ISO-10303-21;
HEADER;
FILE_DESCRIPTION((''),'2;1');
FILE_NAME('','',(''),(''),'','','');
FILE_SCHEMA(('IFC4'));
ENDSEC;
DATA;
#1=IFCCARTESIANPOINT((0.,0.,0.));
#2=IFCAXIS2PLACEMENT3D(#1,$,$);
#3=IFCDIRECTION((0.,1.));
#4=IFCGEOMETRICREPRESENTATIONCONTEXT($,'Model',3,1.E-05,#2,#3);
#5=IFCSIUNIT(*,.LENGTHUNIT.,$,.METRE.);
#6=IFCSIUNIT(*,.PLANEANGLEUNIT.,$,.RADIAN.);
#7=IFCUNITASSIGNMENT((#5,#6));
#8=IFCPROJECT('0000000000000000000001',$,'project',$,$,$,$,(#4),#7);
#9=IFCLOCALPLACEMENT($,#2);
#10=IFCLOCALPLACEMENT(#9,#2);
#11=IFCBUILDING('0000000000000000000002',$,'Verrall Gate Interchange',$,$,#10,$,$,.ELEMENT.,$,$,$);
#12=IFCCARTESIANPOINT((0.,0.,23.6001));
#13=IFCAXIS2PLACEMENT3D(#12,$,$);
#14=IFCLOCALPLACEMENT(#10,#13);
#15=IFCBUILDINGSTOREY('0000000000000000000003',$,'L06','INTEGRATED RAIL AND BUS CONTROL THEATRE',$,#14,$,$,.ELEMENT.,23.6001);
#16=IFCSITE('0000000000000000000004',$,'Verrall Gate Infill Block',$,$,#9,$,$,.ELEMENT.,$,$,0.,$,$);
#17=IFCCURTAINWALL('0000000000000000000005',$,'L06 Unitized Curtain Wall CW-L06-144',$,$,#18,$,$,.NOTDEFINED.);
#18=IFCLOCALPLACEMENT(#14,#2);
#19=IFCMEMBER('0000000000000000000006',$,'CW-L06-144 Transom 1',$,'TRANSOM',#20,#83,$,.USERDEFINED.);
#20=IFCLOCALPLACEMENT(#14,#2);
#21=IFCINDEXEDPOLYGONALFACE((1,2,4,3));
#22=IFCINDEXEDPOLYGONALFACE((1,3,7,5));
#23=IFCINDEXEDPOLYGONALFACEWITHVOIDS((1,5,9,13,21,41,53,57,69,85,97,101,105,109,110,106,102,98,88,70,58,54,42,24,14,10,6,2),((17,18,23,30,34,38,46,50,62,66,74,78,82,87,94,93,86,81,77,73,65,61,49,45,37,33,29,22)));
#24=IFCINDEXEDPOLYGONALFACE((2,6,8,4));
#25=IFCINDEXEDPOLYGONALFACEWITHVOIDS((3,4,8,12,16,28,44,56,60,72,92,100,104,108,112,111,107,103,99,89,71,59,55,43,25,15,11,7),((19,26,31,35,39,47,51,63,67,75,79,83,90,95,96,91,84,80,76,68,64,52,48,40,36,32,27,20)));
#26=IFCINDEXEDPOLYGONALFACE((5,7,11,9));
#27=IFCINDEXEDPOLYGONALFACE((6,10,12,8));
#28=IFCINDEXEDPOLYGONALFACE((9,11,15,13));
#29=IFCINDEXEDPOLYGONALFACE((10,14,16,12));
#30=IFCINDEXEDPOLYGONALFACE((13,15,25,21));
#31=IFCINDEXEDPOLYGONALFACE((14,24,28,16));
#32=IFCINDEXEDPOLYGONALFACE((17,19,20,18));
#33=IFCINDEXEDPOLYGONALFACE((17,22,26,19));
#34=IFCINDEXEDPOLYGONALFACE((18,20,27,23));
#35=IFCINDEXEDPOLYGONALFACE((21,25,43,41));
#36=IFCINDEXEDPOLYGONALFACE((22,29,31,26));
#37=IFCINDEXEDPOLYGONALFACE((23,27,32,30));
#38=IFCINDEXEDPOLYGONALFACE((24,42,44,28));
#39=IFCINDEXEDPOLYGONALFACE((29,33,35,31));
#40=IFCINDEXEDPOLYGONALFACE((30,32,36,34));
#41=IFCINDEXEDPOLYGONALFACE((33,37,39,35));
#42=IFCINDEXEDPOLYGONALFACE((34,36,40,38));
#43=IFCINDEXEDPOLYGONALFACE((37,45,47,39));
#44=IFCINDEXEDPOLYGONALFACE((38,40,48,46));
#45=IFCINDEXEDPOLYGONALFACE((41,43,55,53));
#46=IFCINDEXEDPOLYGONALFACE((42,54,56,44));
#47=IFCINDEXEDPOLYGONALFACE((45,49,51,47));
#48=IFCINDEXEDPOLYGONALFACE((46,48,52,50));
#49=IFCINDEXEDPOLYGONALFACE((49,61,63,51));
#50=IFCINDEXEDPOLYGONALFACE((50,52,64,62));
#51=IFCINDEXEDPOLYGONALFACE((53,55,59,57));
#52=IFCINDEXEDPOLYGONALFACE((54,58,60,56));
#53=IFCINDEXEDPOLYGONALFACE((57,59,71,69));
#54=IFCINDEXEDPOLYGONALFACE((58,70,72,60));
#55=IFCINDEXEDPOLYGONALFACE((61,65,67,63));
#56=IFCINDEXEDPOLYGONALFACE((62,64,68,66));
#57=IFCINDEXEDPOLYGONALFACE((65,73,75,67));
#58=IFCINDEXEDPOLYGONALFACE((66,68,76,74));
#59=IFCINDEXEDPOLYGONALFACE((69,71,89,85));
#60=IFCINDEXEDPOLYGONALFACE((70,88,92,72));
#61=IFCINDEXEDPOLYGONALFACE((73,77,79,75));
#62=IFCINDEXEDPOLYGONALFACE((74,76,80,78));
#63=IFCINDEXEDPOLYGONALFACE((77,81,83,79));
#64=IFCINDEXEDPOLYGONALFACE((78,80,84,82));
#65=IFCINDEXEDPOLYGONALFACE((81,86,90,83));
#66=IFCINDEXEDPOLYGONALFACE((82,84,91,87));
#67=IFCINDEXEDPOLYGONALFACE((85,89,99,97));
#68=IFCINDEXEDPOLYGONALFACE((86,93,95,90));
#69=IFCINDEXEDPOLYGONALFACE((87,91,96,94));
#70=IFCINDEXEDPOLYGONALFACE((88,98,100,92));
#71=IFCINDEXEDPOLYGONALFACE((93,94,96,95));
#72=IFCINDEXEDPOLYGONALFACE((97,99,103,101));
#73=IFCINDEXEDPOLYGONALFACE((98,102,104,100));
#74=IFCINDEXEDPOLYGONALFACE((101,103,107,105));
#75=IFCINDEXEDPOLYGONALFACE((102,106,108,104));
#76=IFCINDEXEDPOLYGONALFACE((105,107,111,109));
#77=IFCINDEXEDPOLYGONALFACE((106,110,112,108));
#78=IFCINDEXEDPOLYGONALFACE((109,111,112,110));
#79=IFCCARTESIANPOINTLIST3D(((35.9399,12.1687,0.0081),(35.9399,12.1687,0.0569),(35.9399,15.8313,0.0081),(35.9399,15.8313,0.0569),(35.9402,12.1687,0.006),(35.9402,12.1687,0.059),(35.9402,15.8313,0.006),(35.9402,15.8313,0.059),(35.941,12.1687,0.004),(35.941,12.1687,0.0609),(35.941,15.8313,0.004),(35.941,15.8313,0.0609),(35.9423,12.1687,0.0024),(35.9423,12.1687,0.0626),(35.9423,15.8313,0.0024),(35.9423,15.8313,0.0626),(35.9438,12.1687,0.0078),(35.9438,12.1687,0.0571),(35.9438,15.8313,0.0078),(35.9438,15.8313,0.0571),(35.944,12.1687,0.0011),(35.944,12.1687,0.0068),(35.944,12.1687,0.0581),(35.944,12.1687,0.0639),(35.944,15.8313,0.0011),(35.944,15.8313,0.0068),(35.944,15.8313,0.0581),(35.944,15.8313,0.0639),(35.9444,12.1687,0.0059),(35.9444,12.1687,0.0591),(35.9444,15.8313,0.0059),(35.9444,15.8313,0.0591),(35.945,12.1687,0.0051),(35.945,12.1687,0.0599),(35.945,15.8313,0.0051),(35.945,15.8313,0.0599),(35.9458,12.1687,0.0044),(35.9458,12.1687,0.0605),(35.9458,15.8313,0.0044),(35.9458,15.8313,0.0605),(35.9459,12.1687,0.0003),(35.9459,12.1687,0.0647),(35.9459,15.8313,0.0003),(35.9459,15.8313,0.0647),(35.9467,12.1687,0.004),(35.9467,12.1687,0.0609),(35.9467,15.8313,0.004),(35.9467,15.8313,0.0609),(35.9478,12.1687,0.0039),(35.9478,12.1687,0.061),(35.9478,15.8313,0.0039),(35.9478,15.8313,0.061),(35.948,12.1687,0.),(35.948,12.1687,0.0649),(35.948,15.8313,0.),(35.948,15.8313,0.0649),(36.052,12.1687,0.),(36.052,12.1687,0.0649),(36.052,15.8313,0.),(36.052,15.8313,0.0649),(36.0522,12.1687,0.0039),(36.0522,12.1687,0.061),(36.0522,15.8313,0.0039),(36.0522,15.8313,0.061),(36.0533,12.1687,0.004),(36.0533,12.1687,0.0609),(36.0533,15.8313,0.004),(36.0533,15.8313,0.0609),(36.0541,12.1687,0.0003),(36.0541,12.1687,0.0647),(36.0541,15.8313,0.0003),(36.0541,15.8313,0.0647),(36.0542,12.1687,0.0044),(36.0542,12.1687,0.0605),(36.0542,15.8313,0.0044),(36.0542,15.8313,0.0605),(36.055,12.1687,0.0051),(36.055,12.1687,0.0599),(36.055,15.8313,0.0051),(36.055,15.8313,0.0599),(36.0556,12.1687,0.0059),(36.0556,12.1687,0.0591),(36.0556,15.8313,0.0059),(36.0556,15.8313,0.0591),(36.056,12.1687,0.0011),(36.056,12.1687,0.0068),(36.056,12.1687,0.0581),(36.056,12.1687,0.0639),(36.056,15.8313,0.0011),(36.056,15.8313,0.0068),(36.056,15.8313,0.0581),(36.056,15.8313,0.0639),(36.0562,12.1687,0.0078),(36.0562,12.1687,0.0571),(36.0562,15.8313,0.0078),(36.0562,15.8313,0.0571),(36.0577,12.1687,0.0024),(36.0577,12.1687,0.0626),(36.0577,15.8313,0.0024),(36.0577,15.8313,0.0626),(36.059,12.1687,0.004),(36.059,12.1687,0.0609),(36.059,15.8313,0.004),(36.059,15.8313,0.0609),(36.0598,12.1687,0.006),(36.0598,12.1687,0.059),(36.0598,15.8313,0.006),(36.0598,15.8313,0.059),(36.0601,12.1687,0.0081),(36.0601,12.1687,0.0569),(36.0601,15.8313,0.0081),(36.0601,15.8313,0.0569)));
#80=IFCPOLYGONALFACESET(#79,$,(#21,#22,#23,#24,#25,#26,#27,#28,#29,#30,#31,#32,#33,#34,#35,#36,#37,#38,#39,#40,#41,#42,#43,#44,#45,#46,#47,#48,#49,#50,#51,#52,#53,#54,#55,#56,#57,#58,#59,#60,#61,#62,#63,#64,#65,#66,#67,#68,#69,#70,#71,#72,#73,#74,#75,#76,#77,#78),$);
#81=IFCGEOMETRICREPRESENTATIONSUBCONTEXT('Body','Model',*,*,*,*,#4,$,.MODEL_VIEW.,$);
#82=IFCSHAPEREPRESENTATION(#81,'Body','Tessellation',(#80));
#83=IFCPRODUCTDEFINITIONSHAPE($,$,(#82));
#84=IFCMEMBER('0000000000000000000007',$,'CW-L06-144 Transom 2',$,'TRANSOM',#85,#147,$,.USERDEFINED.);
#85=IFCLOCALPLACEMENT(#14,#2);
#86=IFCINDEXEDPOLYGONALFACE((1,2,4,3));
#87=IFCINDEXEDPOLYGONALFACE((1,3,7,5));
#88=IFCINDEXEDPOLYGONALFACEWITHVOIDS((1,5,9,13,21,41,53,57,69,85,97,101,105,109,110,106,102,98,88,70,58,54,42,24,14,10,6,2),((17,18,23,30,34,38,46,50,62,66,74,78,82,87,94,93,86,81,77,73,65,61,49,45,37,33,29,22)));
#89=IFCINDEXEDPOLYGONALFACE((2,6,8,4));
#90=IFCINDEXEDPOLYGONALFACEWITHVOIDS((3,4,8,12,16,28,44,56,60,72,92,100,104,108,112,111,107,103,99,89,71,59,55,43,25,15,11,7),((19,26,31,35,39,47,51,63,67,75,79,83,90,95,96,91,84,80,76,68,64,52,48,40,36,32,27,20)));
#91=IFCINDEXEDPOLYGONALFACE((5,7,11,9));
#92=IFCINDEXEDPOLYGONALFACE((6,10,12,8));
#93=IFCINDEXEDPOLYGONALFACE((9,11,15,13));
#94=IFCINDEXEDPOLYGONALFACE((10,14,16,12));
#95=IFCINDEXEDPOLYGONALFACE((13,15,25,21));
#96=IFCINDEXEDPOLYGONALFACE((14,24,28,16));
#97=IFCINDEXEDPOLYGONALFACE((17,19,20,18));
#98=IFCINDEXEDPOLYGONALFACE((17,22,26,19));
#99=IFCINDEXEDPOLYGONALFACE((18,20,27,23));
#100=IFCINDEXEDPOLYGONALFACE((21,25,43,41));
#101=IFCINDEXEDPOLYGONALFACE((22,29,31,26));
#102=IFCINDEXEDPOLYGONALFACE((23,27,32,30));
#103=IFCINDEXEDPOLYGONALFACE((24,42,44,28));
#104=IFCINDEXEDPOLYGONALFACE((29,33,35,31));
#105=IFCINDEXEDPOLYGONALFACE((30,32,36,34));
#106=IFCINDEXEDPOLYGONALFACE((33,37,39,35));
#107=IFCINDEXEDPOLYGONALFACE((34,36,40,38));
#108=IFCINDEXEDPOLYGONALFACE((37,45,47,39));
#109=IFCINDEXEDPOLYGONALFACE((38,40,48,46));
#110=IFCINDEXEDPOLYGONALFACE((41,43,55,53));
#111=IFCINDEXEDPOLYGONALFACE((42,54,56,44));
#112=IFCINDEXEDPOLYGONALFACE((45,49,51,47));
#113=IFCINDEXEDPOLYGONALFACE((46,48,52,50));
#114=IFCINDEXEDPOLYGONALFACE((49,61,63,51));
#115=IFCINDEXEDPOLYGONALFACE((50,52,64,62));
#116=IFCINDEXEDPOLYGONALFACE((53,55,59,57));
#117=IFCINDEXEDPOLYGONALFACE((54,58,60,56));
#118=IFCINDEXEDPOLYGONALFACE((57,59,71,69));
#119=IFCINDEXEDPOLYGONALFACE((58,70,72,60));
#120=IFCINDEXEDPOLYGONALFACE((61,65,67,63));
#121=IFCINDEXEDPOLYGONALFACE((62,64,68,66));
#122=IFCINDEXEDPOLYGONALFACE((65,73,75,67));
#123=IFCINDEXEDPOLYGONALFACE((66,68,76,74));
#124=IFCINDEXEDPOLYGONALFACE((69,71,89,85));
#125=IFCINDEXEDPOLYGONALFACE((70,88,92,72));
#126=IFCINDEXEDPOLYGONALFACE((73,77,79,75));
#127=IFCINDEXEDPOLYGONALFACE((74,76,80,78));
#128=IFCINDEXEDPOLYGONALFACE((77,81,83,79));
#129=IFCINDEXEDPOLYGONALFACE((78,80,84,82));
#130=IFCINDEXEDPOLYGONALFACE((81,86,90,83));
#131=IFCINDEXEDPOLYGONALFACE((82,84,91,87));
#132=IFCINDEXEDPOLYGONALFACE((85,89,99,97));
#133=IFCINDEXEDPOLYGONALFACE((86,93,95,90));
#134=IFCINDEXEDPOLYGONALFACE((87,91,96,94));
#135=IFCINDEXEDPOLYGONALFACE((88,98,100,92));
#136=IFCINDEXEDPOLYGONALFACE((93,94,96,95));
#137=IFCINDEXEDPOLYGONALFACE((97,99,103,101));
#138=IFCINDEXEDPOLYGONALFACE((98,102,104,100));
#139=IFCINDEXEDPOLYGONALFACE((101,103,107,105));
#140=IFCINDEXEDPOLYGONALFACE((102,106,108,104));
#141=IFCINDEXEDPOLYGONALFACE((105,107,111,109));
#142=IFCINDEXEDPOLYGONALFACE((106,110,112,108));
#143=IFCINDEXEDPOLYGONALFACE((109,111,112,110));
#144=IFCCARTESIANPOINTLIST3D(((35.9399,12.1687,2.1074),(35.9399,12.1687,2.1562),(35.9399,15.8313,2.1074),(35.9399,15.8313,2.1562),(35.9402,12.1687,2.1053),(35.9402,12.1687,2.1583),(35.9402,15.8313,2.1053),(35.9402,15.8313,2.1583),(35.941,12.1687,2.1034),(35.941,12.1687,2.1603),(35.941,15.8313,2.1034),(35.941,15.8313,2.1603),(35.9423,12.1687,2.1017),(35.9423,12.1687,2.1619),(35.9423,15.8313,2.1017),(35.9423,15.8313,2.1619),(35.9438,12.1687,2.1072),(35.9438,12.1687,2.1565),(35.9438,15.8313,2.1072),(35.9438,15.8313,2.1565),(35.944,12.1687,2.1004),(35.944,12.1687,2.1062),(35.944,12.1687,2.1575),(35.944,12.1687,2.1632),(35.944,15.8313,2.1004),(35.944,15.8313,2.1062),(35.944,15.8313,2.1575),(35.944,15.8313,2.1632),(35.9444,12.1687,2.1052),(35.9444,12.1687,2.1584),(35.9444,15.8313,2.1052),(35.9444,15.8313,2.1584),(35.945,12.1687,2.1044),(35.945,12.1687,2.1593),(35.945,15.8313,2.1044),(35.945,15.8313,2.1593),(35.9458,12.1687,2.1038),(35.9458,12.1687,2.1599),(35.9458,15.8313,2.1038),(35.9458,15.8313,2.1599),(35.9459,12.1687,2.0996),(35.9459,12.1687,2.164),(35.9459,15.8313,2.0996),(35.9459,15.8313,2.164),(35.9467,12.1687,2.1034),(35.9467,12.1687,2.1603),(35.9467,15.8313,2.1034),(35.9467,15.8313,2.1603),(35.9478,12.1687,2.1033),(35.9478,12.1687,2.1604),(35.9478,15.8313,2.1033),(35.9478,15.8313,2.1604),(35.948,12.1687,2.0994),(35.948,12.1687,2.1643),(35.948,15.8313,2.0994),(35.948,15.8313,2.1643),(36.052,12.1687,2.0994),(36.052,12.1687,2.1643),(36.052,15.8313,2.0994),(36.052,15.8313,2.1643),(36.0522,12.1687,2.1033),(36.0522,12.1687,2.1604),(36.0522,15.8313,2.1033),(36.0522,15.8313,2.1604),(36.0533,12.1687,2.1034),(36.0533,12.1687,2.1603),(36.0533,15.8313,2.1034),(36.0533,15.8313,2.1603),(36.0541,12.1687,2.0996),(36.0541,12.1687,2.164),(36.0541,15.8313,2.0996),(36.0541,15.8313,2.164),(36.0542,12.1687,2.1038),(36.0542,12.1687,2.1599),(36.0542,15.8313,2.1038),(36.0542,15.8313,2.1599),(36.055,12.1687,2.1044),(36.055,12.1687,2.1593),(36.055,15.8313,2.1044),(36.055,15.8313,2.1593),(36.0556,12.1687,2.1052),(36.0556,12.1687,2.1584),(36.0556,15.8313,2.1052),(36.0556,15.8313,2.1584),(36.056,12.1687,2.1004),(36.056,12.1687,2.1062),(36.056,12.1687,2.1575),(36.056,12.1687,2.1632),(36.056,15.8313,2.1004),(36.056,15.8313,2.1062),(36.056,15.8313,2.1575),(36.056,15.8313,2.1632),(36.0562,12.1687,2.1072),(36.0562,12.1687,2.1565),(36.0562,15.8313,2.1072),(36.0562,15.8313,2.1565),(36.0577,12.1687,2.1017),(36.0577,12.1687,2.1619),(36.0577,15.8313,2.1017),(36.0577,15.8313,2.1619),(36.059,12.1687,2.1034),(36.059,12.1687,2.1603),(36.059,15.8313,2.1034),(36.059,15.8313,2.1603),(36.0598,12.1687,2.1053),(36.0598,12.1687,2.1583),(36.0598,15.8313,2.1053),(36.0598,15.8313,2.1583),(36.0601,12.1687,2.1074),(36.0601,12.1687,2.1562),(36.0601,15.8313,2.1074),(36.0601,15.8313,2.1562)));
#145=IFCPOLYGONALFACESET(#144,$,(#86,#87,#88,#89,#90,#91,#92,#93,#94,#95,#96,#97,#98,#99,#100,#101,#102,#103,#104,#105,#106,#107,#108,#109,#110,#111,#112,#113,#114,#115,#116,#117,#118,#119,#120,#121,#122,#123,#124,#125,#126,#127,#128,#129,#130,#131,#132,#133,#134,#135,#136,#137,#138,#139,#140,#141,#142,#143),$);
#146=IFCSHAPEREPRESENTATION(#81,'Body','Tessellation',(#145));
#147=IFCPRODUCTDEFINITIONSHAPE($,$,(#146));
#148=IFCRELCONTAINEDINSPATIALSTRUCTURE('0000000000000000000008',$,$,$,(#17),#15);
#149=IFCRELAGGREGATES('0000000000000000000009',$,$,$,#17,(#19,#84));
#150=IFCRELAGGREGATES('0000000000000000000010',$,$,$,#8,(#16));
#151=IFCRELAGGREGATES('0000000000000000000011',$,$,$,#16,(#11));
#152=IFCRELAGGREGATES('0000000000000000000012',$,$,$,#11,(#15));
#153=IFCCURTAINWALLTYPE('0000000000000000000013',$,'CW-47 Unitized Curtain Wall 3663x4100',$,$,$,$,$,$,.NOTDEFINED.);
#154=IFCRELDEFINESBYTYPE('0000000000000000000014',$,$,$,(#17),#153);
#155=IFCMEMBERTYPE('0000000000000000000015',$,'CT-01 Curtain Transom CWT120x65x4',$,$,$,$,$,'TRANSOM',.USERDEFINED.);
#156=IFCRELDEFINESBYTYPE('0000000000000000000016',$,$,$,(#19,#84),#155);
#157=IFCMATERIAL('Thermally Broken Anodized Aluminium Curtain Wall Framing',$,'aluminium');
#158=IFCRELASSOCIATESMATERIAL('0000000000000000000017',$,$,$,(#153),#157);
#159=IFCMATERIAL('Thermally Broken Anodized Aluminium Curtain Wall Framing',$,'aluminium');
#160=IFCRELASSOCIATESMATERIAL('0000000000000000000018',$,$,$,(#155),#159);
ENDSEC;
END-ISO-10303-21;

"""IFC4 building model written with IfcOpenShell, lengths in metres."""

from ifc_helpers import new_model, si_unit, direction, frame, origin, origin_2d, place, context, subcontext, project, spatial, hollow_rectangle, extrude, material, material_profile, profile_set, type_object, element, aggregate, save


model = new_model("IFC4")

# Units and contexts
model_context = context("Model", 3, precision=1e-05, world=origin(), true_north=direction((0.0, 1.0)))
body_context = subcontext(model_context, "Body", "Model", "MODEL_VIEW")
ifc_project = project(units=[si_unit("LENGTHUNIT", "METRE"), si_unit("PLANEANGLEUNIT", "RADIAN")], contexts=[model_context])

# Site, building, storey
site_placement = place(None, origin())
site = spatial("IfcSite", under=ifc_project, at=site_placement, Name="Verrall Gate Infill Block", CompositionType="ELEMENT", RefElevation=0.0)
building_placement = place(site_placement, origin())
building = spatial("IfcBuilding", under=site, at=building_placement, Name="Verrall Gate Interchange", CompositionType="ELEMENT")
storey_placement = place(building_placement, frame((0.0, 0.0, 23.6001)))
storey = spatial("IfcBuildingStorey", under=building, at=storey_placement, Name="L06", Description="INTEGRATED RAIL AND BUS CONTROL THEATRE", CompositionType="ELEMENT", Elevation=23.6001)

# Curtain wall
ifc_material_1 = material(Name="Thermally Broken Anodized Aluminium Curtain Wall Framing", Category="aluminium")
curtain_wall_type_1 = type_object("IfcCurtainWallType", Name="CW-47 Unitized Curtain Wall 3663x4100", PredefinedType="NOTDEFINED", material=ifc_material_1)
curtain_wall_1_placement = place(storey_placement, origin())
curtain_wall_1 = element("IfcCurtainWall", 1, at=curtain_wall_1_placement, inside=storey, type_object=curtain_wall_type_1, Name="L06 Unitized Curtain Wall CW-L06-144", PredefinedType="NOTDEFINED")

# Members
ifc_material_2 = material(Name="Thermally Broken Anodized Aluminium Curtain Wall Framing", Category="aluminium")
ifc_material_profile_1 = material_profile(ifc_material_2, hollow_rectangle(XDim=0.1201, YDim=0.0649, WallThickness=0.0039, InnerFilletRadius=0.0039, OuterFilletRadius=0.0081, at=origin_2d()), Name="CWT120x65x4")
ifc_profile_set_1 = profile_set([ifc_material_profile_1], Name="Thermally Broken Anodized Aluminium Curtain Wall Framing")
member_type_1 = type_object("IfcMemberType", Name="CT-01 Curtain Transom CWT120x65x4", ElementType="TRANSOM", PredefinedType="USERDEFINED", material=ifc_profile_set_1)
member_1_placement = place(storey_placement, frame((36.0, 12.1687, 0.0325), z_axis=(0.0, 1.0, 0.0), x_axis=(-1.0, 0.0, 0.0)))
member_1 = element("IfcMember", 2, at=member_1_placement, type_object=member_type_1, Name="CW-L06-144 Transom 1", ObjectType="TRANSOM", PredefinedType="USERDEFINED", context=body_context, shape_type="SweptSolid", body=[
    extrude(hollow_rectangle(XDim=0.1201, YDim=0.0649, WallThickness=0.0039, InnerFilletRadius=0.0039, OuterFilletRadius=0.0081, at=origin_2d()), origin(), (0.0, 0.0, 1.0), 3.6626),
])
member_2_placement = place(storey_placement, frame((36.0, 12.1687, 2.1318), z_axis=(0.0, 1.0, 0.0), x_axis=(-1.0, 0.0, 0.0)))
member_2 = element("IfcMember", 3, at=member_2_placement, type_object=member_type_1, Name="CW-L06-144 Transom 2", ObjectType="TRANSOM", PredefinedType="USERDEFINED", context=body_context, shape_type="SweptSolid", body=[
    extrude(hollow_rectangle(XDim=0.1201, YDim=0.0649, WallThickness=0.0039, InnerFilletRadius=0.0039, OuterFilletRadius=0.0081, at=origin_2d()), origin(), (0.0, 0.0, 1.0), 3.6626),
])

aggregate(curtain_wall_1, [member_1, member_2])

save(model, "model.ifc")
